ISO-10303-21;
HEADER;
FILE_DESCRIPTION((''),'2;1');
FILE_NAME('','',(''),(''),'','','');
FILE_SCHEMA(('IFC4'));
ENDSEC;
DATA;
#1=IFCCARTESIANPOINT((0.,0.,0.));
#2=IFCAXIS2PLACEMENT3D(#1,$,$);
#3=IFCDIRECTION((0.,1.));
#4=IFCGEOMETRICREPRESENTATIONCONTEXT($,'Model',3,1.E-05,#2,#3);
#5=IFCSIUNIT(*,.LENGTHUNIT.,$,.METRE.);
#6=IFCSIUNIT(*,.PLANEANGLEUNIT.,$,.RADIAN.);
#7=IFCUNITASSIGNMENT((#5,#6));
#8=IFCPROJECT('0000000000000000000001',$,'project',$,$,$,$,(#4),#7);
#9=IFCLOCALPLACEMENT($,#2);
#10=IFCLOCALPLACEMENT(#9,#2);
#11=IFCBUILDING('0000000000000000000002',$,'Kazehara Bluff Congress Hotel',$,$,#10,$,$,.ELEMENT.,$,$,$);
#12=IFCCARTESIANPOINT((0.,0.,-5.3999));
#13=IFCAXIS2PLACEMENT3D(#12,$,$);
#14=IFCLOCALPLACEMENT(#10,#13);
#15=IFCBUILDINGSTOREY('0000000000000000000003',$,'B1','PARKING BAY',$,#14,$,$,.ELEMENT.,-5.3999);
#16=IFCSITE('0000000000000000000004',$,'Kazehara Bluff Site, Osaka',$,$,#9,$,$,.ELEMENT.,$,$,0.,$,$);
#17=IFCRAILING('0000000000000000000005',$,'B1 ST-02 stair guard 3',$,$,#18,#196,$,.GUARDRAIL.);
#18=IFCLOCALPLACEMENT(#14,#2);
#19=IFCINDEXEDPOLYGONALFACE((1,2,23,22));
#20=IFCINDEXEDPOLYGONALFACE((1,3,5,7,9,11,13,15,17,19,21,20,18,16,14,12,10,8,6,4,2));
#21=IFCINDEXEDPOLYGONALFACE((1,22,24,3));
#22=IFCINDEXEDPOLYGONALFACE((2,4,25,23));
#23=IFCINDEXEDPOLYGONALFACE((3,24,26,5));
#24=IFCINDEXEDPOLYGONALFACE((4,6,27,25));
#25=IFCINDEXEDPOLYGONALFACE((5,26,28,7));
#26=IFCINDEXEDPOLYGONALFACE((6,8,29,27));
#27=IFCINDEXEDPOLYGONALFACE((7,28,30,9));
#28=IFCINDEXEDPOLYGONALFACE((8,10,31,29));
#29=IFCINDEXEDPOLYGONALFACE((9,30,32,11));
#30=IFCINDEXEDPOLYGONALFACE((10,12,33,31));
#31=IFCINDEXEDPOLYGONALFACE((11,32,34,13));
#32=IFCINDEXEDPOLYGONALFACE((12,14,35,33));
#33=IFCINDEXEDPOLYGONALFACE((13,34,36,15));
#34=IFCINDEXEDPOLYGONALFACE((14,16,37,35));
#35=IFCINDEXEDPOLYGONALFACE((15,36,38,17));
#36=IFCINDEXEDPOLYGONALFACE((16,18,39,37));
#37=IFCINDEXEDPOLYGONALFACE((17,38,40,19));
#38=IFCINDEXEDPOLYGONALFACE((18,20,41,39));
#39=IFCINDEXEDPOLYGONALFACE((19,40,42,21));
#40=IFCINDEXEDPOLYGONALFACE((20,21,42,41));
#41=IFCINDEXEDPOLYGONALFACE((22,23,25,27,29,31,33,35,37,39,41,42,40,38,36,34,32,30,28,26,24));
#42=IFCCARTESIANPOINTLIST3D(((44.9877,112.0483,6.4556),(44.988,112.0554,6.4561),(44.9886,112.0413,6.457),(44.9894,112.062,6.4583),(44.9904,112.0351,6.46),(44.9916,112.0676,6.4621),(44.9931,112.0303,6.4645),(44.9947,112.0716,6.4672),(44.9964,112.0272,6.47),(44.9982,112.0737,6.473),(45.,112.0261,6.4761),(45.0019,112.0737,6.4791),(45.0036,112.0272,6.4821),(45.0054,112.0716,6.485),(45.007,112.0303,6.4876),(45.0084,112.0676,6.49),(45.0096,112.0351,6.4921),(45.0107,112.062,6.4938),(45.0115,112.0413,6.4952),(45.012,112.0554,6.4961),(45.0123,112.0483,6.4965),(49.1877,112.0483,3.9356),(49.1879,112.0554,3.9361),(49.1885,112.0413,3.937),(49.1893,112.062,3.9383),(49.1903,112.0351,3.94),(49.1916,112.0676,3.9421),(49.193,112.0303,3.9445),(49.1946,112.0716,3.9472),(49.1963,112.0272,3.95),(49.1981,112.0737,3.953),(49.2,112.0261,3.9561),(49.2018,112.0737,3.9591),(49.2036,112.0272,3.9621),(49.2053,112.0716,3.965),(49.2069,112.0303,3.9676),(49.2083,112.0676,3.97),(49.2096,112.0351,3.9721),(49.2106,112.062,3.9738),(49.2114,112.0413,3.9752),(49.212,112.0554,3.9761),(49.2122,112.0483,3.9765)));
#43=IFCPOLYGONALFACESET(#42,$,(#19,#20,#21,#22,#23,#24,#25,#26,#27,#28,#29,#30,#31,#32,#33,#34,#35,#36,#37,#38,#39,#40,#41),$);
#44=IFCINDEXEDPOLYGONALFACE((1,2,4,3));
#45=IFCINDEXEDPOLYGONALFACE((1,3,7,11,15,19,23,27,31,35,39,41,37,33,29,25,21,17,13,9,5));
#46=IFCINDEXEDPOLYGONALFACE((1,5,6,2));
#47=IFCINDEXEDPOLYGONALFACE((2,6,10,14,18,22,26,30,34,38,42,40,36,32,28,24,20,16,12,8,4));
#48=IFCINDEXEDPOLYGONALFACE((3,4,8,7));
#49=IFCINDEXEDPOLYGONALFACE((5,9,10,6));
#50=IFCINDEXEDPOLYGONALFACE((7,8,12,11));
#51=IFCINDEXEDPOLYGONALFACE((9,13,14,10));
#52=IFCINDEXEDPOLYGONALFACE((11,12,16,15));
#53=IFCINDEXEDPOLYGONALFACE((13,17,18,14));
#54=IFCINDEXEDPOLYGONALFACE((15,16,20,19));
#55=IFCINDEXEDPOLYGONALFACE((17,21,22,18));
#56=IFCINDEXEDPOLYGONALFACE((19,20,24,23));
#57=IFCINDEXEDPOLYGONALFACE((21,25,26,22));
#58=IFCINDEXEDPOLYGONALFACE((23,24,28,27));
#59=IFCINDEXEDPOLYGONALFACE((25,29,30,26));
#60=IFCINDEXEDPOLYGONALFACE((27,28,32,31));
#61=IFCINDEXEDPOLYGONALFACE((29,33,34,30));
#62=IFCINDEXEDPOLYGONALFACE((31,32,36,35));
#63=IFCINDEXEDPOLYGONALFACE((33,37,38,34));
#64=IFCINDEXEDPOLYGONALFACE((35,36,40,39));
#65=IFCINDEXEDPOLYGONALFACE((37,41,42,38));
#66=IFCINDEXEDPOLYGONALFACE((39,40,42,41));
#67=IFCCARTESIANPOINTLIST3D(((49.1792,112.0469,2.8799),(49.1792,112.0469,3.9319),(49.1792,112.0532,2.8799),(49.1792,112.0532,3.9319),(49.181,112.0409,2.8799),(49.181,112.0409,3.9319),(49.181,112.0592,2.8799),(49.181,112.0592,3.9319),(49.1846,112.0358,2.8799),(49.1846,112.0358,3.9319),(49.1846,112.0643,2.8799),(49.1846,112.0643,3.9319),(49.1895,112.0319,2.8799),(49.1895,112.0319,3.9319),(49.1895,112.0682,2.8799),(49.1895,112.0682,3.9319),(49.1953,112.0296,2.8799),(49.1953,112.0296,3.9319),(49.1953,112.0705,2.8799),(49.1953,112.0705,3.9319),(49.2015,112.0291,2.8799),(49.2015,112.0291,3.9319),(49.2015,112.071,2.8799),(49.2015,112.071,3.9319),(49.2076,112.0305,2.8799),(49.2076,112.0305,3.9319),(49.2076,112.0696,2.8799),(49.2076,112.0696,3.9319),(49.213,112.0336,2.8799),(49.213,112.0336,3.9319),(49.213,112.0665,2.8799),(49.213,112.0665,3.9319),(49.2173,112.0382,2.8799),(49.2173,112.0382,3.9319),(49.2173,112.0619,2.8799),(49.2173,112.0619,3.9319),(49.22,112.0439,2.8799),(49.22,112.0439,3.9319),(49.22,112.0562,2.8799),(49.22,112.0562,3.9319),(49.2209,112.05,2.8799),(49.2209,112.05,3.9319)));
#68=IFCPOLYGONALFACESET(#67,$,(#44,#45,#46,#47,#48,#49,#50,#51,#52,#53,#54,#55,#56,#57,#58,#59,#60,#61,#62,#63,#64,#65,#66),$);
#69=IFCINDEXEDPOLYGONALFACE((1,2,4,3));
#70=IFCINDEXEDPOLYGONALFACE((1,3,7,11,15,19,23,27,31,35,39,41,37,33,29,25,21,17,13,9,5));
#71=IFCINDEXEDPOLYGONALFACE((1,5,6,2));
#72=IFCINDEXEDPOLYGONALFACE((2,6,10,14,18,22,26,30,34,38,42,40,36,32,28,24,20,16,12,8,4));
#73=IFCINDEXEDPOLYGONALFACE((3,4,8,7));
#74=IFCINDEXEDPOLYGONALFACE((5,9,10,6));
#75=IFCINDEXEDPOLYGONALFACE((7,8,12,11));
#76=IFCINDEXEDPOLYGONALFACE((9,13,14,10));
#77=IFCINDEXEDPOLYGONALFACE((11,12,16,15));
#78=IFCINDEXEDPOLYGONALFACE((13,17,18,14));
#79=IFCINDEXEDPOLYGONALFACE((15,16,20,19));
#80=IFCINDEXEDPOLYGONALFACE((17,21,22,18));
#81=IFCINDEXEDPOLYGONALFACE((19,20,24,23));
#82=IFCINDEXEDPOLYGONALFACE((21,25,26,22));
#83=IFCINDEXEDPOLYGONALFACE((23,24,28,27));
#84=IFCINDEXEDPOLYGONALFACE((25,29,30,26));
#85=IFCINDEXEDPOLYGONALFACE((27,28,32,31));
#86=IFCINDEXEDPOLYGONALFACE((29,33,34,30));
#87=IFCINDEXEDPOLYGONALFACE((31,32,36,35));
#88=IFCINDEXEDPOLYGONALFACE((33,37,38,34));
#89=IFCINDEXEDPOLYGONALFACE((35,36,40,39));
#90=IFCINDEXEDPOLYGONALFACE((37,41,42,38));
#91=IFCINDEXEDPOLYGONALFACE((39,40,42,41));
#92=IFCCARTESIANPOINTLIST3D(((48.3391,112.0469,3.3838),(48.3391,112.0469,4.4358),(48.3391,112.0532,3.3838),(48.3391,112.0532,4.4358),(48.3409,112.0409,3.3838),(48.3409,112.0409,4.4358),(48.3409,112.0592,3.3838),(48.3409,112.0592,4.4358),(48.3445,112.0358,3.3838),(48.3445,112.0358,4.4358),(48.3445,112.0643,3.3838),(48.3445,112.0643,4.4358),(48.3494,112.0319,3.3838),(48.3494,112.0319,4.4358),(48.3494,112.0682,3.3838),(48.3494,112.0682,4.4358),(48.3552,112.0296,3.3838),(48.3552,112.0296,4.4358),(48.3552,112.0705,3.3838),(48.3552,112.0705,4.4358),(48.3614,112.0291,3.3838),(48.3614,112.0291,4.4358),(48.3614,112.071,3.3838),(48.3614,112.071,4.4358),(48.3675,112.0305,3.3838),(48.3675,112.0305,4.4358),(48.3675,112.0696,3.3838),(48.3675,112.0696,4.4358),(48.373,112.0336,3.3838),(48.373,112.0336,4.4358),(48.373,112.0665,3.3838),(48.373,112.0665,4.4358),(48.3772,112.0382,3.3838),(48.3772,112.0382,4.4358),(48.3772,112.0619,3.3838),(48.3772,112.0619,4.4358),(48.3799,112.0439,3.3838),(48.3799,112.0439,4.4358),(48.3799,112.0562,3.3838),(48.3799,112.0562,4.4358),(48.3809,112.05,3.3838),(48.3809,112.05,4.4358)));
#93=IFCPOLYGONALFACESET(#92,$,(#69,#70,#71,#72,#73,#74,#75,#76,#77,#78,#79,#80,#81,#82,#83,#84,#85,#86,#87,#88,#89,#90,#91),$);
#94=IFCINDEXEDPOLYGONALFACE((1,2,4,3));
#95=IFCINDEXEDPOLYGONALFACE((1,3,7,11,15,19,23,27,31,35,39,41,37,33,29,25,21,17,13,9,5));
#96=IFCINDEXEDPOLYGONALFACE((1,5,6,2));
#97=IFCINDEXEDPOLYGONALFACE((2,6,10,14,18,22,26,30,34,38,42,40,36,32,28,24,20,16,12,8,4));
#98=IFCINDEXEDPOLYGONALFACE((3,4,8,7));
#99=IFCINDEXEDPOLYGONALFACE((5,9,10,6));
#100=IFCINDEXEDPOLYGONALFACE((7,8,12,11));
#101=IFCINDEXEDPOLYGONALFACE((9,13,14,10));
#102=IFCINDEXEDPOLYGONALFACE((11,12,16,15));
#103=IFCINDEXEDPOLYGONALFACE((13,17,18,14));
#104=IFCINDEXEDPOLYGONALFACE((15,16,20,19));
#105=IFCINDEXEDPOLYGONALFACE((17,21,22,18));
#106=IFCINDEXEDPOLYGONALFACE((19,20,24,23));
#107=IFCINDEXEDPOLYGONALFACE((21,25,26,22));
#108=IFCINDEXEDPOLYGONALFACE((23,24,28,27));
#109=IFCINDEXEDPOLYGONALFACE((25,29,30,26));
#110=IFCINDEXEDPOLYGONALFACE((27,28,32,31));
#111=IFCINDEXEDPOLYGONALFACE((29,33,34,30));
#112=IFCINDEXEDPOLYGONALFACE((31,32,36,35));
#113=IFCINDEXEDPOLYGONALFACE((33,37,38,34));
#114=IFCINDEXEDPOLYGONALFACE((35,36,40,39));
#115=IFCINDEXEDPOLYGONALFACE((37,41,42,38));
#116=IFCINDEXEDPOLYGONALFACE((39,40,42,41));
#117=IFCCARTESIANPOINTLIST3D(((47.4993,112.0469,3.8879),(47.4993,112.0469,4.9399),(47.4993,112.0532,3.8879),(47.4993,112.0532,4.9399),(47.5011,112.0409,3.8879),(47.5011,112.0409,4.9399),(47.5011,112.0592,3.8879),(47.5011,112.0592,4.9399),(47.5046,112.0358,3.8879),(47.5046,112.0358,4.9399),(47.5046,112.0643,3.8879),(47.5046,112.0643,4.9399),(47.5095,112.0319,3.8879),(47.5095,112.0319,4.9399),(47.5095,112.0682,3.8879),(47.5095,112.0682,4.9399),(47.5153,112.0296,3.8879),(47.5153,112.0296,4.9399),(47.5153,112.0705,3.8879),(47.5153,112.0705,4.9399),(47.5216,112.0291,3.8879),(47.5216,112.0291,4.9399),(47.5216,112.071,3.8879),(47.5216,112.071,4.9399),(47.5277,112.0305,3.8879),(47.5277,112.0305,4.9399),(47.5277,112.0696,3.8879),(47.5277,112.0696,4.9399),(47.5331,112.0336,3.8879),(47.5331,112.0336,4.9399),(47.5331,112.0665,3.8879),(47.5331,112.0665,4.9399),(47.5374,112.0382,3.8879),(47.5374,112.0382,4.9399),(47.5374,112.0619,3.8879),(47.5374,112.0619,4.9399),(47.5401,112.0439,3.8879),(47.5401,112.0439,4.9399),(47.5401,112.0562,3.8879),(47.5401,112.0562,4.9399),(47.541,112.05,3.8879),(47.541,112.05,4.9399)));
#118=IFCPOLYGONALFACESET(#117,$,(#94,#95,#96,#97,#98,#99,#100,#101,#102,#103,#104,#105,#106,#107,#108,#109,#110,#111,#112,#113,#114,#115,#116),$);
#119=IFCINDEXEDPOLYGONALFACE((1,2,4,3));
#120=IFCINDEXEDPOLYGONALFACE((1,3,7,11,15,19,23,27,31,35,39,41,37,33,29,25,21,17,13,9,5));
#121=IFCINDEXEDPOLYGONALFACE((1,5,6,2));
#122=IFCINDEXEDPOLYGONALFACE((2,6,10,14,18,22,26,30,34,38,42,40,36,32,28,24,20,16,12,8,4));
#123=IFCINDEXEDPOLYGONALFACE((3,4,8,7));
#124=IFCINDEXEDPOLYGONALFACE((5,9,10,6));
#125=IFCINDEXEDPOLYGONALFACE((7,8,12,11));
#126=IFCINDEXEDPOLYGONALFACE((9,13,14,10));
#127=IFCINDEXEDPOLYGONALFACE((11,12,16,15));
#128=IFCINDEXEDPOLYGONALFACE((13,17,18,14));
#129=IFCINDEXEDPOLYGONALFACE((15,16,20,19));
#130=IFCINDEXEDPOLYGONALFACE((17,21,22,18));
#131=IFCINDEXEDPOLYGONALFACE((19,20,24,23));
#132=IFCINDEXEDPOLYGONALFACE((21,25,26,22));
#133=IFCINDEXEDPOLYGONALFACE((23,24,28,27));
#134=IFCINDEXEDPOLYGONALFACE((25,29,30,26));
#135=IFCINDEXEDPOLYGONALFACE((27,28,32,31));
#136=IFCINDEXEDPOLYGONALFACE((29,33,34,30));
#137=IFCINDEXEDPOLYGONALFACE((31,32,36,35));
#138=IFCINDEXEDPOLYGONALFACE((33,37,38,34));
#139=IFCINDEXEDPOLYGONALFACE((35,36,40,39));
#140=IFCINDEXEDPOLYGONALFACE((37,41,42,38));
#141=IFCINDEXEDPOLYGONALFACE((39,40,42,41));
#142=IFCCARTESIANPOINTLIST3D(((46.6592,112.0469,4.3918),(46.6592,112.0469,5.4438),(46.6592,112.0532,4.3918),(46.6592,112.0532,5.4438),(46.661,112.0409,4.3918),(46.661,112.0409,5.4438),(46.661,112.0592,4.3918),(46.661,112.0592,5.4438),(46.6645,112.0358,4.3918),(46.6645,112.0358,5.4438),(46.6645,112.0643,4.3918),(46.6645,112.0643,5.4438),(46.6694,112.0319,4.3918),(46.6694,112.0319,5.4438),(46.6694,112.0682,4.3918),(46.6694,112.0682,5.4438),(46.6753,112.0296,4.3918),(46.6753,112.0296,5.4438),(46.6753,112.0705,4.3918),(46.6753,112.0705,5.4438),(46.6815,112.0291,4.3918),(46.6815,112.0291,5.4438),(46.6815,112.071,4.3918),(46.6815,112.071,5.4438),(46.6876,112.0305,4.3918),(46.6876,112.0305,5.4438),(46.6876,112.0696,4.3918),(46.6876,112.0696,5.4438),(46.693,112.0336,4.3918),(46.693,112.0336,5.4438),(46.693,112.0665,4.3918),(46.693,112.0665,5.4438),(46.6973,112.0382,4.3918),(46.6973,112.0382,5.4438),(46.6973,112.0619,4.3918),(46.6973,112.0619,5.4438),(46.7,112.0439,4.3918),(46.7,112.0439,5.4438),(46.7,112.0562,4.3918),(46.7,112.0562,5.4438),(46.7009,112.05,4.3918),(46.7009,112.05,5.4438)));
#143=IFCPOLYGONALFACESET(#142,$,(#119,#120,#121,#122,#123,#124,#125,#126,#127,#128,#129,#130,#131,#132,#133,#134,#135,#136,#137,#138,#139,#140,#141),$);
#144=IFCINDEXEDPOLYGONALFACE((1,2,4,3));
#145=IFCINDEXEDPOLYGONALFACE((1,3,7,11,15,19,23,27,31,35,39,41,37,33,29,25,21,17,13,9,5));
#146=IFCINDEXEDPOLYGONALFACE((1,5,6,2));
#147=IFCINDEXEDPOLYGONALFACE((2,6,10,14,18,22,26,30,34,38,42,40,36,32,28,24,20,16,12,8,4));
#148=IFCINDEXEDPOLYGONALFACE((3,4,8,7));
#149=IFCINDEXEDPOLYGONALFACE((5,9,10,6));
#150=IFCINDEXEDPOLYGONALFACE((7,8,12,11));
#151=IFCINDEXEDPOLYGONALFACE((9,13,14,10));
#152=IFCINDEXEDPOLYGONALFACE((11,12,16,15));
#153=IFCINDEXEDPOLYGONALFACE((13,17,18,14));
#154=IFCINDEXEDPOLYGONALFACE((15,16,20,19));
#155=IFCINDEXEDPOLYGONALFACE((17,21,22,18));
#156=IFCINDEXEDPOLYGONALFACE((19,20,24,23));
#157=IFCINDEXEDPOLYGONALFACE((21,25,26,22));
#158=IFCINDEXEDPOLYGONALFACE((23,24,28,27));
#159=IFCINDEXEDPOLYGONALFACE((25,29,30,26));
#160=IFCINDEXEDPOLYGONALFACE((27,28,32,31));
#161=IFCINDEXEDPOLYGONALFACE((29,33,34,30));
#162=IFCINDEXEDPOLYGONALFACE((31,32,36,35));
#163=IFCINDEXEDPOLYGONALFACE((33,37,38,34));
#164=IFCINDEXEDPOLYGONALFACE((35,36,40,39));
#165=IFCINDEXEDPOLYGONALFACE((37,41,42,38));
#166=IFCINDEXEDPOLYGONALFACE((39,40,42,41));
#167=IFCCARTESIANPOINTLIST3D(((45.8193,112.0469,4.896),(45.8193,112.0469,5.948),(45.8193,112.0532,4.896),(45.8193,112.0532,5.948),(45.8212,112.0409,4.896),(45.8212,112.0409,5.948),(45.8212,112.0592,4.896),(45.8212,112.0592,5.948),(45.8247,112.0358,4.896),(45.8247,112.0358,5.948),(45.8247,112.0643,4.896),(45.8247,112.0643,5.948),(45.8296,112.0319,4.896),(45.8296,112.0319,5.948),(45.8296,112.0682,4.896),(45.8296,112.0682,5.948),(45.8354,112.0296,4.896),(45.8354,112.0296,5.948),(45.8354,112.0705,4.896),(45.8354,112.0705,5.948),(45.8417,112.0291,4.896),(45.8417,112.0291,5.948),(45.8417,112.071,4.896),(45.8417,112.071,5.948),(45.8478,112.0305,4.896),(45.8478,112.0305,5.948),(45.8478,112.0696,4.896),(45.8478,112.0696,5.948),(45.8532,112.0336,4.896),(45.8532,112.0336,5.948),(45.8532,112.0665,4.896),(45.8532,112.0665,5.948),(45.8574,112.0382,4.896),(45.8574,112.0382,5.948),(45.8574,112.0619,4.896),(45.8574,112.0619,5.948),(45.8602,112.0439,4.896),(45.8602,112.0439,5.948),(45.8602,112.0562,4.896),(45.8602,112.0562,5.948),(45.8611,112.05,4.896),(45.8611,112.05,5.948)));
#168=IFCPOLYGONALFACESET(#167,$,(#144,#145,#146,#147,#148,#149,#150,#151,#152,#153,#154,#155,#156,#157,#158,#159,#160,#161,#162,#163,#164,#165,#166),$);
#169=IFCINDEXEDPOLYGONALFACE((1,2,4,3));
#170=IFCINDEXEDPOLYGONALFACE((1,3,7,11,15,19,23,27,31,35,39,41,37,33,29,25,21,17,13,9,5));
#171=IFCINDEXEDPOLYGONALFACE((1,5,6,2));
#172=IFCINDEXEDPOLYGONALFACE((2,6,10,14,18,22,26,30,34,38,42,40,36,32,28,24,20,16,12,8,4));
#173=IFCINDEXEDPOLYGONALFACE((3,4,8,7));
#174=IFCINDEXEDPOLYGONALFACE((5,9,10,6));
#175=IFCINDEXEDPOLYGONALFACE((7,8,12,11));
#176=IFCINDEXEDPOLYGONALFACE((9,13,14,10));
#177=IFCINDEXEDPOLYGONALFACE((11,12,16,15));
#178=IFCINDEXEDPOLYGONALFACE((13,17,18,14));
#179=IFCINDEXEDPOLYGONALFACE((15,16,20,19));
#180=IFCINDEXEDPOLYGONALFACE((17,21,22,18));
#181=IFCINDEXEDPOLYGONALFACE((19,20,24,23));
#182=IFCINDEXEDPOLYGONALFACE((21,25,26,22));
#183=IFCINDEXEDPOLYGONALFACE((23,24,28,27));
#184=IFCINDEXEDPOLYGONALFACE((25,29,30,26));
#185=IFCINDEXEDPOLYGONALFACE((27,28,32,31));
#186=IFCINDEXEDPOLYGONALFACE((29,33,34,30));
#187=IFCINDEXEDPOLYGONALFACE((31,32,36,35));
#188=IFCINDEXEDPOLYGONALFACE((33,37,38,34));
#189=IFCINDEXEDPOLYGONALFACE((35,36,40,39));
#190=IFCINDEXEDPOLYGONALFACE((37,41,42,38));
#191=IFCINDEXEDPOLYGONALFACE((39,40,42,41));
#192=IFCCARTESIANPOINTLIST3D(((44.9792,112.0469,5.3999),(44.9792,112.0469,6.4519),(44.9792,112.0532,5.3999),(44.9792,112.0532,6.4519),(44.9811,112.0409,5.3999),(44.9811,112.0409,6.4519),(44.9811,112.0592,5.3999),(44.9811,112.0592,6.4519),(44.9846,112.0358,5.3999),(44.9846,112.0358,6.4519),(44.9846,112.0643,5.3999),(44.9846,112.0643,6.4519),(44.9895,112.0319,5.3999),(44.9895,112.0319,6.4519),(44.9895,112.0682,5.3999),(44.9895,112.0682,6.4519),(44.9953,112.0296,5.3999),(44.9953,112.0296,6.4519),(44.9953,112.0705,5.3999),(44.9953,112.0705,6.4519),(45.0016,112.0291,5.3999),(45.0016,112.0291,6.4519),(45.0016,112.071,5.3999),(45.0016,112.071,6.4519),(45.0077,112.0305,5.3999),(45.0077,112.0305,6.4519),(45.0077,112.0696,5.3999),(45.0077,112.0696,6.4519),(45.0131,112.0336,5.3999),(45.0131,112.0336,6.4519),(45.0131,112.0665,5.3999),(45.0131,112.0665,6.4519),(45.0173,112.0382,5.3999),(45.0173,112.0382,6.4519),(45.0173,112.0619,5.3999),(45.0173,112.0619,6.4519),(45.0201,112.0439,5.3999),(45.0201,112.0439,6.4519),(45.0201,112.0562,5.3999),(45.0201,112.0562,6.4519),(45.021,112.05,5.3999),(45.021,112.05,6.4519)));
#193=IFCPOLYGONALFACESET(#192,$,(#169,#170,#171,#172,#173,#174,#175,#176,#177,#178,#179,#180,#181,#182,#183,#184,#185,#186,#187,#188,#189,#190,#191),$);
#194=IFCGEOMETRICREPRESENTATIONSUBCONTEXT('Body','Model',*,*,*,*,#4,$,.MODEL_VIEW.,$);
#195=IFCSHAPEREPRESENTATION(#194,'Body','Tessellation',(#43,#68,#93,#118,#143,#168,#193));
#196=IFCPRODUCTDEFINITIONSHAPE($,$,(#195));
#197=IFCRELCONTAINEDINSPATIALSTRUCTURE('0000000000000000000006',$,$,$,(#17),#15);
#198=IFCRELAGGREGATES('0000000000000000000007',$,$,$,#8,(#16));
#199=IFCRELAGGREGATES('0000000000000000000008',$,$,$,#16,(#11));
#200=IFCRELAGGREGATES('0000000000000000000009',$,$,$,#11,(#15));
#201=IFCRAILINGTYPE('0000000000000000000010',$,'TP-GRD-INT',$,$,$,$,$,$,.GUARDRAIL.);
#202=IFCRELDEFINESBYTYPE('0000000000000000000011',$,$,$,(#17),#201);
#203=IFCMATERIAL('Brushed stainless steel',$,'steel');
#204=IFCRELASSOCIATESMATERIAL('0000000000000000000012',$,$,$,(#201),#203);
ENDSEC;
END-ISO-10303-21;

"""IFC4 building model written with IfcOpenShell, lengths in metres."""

from ifc_helpers import new_model, si_unit, direction, frame, origin, origin_2d, place, context, subcontext, project, spatial, circle, extrude, material, type_object, element, save


model = new_model("IFC4")

# Units and contexts
model_context = context("Model", 3, precision=1e-05, world=origin(), true_north=direction((0.0, 1.0)))
body_context = subcontext(model_context, "Body", "Model", "MODEL_VIEW")
ifc_project = project(units=[si_unit("LENGTHUNIT", "METRE"), si_unit("PLANEANGLEUNIT", "RADIAN")], contexts=[model_context])

# Site, building, storey
site_placement = place(None, origin())
site = spatial("IfcSite", under=ifc_project, at=site_placement, Name="Kazehara Bluff Site, Osaka", CompositionType="ELEMENT", RefElevation=0.0)
building_placement = place(site_placement, origin())
building = spatial("IfcBuilding", under=site, at=building_placement, Name="Kazehara Bluff Congress Hotel", CompositionType="ELEMENT")
storey_placement = place(building_placement, frame((0.0, 0.0, -5.3999)))
storey = spatial("IfcBuildingStorey", under=building, at=storey_placement, Name="B1", Description="PARKING BAY", CompositionType="ELEMENT", Elevation=-5.3999)

# Railing
ifc_material_1 = material(Name="Brushed stainless steel", Category="steel")
railing_type_1 = type_object("IfcRailingType", Name="TP-GRD-INT", PredefinedType="GUARDRAIL", material=ifc_material_1)
railing_1_placement = place(storey_placement, frame((49.2, 112.05, 2.8799)))
element("IfcRailing", 1, at=railing_1_placement, inside=storey, type_object=railing_type_1, Name="B1 ST-02 stair guard 3", PredefinedType="GUARDRAIL", context=body_context, shape_type="SweptSolid", body=[
    extrude(circle(Radius=0.0239, at=origin_2d()), frame((0.0, 0.0, 1.0762), z_axis=(-0.857489, 0.0, 0.514503), x_axis=(0.0, -1.0, 0.0)), (0.0, 0.0, 1.0), 4.8979),
    extrude(circle(Radius=0.021, at=origin_2d()), origin(), (0.0, 0.0, 1.0), 1.052),
    extrude(circle(Radius=0.021, at=origin_2d()), frame((-0.8401, 0.0, 0.5039)), (0.0, 0.0, 1.0), 1.052),
    extrude(circle(Radius=0.021, at=origin_2d()), frame((-1.6799, 0.0, 1.0081)), (0.0, 0.0, 1.0), 1.052),
    extrude(circle(Radius=0.021, at=origin_2d()), frame((-2.52, 0.0, 1.512)), (0.0, 0.0, 1.0), 1.052),
    extrude(circle(Radius=0.021, at=origin_2d()), frame((-3.3599, 0.0, 2.0161)), (0.0, 0.0, 1.0), 1.052),
    extrude(circle(Radius=0.021, at=origin_2d()), frame((-4.2, 0.0, 2.52)), (0.0, 0.0, 1.0), 1.052),
])

save(model, "model.ifc")
